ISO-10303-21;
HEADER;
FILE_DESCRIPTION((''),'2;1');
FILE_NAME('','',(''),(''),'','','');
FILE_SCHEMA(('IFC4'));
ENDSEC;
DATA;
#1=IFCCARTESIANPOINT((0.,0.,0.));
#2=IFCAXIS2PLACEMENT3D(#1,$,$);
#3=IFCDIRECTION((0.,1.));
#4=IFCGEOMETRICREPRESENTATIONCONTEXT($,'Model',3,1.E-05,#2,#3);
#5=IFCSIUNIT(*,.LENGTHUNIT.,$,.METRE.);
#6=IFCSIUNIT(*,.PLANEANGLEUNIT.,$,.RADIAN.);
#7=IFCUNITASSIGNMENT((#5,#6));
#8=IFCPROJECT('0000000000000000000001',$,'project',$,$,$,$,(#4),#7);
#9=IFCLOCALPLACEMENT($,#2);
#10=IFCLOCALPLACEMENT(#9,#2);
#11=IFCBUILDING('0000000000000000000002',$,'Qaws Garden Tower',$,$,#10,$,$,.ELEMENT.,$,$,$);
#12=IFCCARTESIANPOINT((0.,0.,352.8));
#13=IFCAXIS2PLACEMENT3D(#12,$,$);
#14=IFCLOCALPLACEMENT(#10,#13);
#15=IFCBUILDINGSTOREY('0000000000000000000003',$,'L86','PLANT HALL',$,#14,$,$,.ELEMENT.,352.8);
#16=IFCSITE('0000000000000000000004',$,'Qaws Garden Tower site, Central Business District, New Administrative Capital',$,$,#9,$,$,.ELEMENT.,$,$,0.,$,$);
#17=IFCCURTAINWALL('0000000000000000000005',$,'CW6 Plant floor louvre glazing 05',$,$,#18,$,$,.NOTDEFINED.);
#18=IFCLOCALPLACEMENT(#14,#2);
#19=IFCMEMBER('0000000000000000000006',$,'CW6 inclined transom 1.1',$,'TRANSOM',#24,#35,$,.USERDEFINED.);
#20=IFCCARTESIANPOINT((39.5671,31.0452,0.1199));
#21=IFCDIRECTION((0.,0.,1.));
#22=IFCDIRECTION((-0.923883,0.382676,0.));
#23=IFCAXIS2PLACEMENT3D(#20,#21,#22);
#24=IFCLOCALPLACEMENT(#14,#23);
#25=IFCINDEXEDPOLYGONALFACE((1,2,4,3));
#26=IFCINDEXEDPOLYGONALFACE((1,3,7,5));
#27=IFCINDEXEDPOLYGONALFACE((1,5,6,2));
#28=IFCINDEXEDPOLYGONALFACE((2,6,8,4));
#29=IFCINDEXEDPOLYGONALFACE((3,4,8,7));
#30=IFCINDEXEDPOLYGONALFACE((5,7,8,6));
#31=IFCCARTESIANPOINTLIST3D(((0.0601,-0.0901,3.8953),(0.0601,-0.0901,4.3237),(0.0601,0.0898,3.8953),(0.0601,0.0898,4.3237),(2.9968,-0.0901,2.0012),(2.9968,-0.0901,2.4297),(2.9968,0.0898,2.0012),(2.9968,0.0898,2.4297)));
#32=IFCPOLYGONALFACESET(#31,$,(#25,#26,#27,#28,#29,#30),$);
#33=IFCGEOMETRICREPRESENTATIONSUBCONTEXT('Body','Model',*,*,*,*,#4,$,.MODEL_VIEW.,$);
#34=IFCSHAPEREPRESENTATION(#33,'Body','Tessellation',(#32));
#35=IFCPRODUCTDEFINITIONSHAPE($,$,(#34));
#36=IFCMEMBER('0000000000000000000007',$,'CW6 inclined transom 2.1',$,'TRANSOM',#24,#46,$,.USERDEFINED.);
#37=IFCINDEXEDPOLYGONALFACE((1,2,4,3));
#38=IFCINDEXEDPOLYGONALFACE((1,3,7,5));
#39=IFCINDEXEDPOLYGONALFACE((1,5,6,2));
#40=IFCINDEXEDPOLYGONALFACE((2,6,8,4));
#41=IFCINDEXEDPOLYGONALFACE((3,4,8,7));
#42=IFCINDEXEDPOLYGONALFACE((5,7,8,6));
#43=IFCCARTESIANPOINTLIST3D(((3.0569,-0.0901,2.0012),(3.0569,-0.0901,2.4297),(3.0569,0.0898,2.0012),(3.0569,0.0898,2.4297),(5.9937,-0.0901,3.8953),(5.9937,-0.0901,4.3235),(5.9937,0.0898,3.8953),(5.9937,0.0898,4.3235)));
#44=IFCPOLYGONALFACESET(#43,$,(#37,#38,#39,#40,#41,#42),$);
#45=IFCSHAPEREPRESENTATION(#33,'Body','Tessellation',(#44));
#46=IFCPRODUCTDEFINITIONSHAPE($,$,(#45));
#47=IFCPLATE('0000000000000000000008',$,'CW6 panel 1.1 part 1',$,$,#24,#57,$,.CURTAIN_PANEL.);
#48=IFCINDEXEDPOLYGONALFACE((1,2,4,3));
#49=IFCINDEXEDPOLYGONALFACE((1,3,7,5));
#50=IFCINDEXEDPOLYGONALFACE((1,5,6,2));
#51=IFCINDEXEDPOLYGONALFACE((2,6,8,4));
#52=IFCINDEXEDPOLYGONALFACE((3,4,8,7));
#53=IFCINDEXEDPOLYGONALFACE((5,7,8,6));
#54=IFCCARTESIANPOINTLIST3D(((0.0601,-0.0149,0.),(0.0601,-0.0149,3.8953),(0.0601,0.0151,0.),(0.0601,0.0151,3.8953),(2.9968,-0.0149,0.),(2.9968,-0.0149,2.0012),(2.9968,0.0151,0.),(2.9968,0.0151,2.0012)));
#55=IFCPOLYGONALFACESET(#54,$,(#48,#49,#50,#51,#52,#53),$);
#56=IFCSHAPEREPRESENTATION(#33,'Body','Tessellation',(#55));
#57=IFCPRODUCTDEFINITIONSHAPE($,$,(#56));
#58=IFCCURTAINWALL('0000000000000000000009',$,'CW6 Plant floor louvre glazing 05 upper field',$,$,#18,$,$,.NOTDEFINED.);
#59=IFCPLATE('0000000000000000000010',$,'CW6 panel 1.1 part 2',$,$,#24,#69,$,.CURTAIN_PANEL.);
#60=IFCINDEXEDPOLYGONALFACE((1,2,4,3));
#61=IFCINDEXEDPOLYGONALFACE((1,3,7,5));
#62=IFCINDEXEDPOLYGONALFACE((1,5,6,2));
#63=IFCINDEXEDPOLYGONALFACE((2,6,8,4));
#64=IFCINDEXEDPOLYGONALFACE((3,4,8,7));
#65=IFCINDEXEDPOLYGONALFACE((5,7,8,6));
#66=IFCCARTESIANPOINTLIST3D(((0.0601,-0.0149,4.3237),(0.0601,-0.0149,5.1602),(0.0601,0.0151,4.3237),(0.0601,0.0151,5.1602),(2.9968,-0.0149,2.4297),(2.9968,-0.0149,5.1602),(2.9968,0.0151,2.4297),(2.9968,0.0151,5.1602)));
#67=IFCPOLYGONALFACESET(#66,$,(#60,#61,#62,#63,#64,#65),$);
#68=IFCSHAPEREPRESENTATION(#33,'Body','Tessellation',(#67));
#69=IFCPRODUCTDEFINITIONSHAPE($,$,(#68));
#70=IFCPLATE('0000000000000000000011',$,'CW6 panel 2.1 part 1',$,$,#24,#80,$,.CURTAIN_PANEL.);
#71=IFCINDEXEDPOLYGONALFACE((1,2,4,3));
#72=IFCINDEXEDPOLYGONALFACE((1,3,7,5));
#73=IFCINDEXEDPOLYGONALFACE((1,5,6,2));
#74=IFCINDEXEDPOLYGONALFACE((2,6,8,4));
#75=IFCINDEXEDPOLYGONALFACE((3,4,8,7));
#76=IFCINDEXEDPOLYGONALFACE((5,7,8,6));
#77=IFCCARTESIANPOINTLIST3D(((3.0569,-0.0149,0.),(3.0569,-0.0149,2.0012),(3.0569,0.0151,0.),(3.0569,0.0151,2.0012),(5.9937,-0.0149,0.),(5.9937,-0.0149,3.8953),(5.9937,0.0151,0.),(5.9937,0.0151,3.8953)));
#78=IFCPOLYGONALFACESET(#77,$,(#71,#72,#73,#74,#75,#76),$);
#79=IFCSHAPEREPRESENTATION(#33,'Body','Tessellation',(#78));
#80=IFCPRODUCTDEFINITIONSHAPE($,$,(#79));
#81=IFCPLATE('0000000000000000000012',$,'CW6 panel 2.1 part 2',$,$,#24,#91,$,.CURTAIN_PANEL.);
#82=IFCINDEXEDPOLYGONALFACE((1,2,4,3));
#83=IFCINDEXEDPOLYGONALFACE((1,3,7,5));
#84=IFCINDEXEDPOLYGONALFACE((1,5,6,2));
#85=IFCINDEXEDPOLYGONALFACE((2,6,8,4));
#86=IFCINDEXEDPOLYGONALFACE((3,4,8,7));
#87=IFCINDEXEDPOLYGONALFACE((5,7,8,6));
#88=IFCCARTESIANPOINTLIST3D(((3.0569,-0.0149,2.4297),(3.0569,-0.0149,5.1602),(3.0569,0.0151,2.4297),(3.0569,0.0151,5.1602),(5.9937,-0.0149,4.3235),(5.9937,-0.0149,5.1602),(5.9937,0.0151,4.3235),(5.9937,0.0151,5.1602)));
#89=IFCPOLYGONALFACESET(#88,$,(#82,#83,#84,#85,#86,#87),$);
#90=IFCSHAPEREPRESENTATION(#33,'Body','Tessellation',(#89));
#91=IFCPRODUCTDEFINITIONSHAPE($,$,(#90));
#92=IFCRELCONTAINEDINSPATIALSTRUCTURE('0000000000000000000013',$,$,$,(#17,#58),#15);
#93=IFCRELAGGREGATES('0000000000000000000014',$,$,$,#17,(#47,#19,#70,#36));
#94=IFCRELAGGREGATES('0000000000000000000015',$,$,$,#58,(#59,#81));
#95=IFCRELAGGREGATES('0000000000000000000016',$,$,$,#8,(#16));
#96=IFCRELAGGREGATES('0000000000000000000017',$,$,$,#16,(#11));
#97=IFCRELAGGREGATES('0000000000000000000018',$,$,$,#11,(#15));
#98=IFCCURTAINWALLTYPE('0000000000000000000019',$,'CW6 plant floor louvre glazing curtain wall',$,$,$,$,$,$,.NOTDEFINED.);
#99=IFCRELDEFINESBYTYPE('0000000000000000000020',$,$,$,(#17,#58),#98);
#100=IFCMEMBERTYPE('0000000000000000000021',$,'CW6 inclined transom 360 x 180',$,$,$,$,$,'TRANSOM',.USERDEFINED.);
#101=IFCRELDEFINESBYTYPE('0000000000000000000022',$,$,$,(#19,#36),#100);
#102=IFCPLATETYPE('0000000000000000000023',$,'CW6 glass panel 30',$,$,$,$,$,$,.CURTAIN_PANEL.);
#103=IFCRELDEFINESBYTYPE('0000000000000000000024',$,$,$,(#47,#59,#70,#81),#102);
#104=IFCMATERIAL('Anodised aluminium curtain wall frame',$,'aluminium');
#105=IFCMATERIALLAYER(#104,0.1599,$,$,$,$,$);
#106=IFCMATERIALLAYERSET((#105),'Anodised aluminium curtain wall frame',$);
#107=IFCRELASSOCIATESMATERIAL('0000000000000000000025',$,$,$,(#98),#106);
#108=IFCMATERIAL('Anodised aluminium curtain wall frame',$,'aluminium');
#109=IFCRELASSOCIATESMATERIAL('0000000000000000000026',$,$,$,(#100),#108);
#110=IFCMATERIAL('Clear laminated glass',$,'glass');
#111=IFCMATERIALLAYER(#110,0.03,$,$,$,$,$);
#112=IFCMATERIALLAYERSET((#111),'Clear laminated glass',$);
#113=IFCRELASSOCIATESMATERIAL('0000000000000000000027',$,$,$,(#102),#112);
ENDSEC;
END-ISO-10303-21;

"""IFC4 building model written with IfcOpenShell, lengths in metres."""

from ifc_helpers import new_model, si_unit, direction, frame, origin, origin_2d, place, context, subcontext, project, spatial, polyline, rectangle, outline, extrude, material, layer, layer_set, material_profile, profile_set, type_object, element, aggregate, save


model = new_model("IFC4")

# Units and contexts
model_context = context("Model", 3, precision=1e-05, world=origin(), true_north=direction((0.0, 1.0)))
body_context = subcontext(model_context, "Body", "Model", "MODEL_VIEW")
ifc_project = project(units=[si_unit("LENGTHUNIT", "METRE"), si_unit("PLANEANGLEUNIT", "RADIAN")], contexts=[model_context])

# Site, building, storey
site_placement = place(None, origin())
site = spatial("IfcSite", under=ifc_project, at=site_placement, Name="Qaws Garden Tower site, Central Business District, New Administrative Capital", CompositionType="ELEMENT", RefElevation=0.0)
building_placement = place(site_placement, origin())
building = spatial("IfcBuilding", under=site, at=building_placement, Name="Qaws Garden Tower", CompositionType="ELEMENT")
storey_placement = place(building_placement, frame((0.0, 0.0, 352.8)))
storey = spatial("IfcBuildingStorey", under=building, at=storey_placement, Name="L86", Description="PLANT HALL", CompositionType="ELEMENT", Elevation=352.8)

# Curtain wall, members, plate
ifc_material_1 = material(Name="Anodised aluminium curtain wall frame", Category="aluminium")
ifc_layer_1 = layer(ifc_material_1, 0.1599)
ifc_layer_set_1 = layer_set([ifc_layer_1], Name="Anodised aluminium curtain wall frame")
curtain_wall_type = type_object("IfcCurtainWallType", Name="CW6 plant floor louvre glazing curtain wall", PredefinedType="NOTDEFINED", material=ifc_layer_set_1)
placement_1 = place(storey_placement, origin())
curtain_wall_1 = element("IfcCurtainWall", 1, at=placement_1, inside=storey, type_object=curtain_wall_type, Name="CW6 Plant floor louvre glazing 05", PredefinedType="NOTDEFINED")
ifc_material_2 = material(Name="Anodised aluminium curtain wall frame", Category="aluminium")
ifc_material_profile_1 = material_profile(ifc_material_2, rectangle(XDim=0.1799, YDim=0.3601, at=origin_2d()), Name="AL 180x360")
ifc_profile_set_1 = profile_set([ifc_material_profile_1], Name="Anodised aluminium curtain wall frame")
member_type_1 = type_object("IfcMemberType", Name="CW6 inclined transom 360 x 180", ElementType="TRANSOM", PredefinedType="USERDEFINED", material=ifc_profile_set_1)
placement_2 = place(storey_placement, frame((39.5671, 31.0452, 0.1199), z_axis=(0.0, 0.0, 1.0), x_axis=(-0.923883, 0.382676, 0.0)))
member_1 = element("IfcMember", 2, at=placement_2, type_object=member_type_1, Name="CW6 inclined transom 1.1", ObjectType="TRANSOM", PredefinedType="USERDEFINED", context=body_context, shape_type="SweptSolid", body=[
    extrude(outline(polyline([(0.0601, 3.8953), (2.9968, 2.0012), (2.9968, 2.4297), (0.0601, 4.3237), (0.0601, 3.8953)])), frame((0.0, 0.0898, 0.0), z_axis=(0.0, -1.0, 0.0), x_axis=(1.0, 0.0, 0.0)), (0.0, 0.0, 1.0), 0.1799),
])
member_2 = element("IfcMember", 3, at=placement_2, type_object=member_type_1, Name="CW6 inclined transom 2.1", ObjectType="TRANSOM", PredefinedType="USERDEFINED", context=body_context, shape_type="SweptSolid", body=[
    extrude(outline(polyline([(3.0569, 2.0012), (5.9937, 3.8953), (5.9937, 4.3235), (3.0569, 2.4297), (3.0569, 2.0012)])), frame((0.0, 0.0898, 0.0), z_axis=(0.0, -1.0, 0.0), x_axis=(1.0, 0.0, 0.0)), (0.0, 0.0, 1.0), 0.1799),
])
ifc_material_3 = material(Name="Clear laminated glass", Category="glass")
ifc_layer_2 = layer(ifc_material_3, 0.03)
ifc_layer_set_2 = layer_set([ifc_layer_2], Name="Clear laminated glass")
plate_type = type_object("IfcPlateType", Name="CW6 glass panel 30", PredefinedType="CURTAIN_PANEL", material=ifc_layer_set_2)
plate_1 = element("IfcPlate", 4, at=placement_2, type_object=plate_type, Name="CW6 panel 1.1 part 1", PredefinedType="CURTAIN_PANEL", context=body_context, shape_type="SweptSolid", body=[
    extrude(outline(polyline([(2.9968, 0.0), (2.9968, 2.0012), (0.0601, 3.8953), (0.0601, 0.0), (2.9968, 0.0)])), frame((0.0, 0.0151, 0.0), z_axis=(0.0, -1.0, 0.0), x_axis=(1.0, 0.0, 0.0)), (0.0, 0.0, 1.0), 0.03),
])

# Curtain wall, plate
curtain_wall_2 = element("IfcCurtainWall", 5, at=placement_1, inside=storey, type_object=curtain_wall_type, Name="CW6 Plant floor louvre glazing 05 upper field", PredefinedType="NOTDEFINED")
plate_2 = element("IfcPlate", 6, at=placement_2, type_object=plate_type, Name="CW6 panel 1.1 part 2", PredefinedType="CURTAIN_PANEL", context=body_context, shape_type="SweptSolid", body=[
    extrude(outline(polyline([(0.0601, 5.1602), (0.0601, 4.3237), (2.9968, 2.4297), (2.9968, 5.1602), (0.0601, 5.1602)])), frame((0.0, 0.0151, 0.0), z_axis=(0.0, -1.0, 0.0), x_axis=(1.0, 0.0, 0.0)), (0.0, 0.0, 1.0), 0.03),
])

# Plates
plate_3 = element("IfcPlate", 7, at=placement_2, type_object=plate_type, Name="CW6 panel 2.1 part 1", PredefinedType="CURTAIN_PANEL", context=body_context, shape_type="SweptSolid", body=[
    extrude(outline(polyline([(5.9937, 0.0), (5.9937, 3.8953), (3.0569, 2.0012), (3.0569, 0.0), (5.9937, 0.0)])), frame((0.0, 0.0151, 0.0), z_axis=(0.0, -1.0, 0.0), x_axis=(1.0, 0.0, 0.0)), (0.0, 0.0, 1.0), 0.03),
])
aggregate(curtain_wall_1, [plate_1, member_1, plate_3, member_2])
plate_4 = element("IfcPlate", 8, at=placement_2, type_object=plate_type, Name="CW6 panel 2.1 part 2", PredefinedType="CURTAIN_PANEL", context=body_context, shape_type="SweptSolid", body=[
    extrude(outline(polyline([(3.0569, 5.1602), (3.0569, 2.4297), (5.9937, 4.3235), (5.9937, 5.1602), (3.0569, 5.1602)])), frame((0.0, 0.0151, 0.0), z_axis=(0.0, -1.0, 0.0), x_axis=(1.0, 0.0, 0.0)), (0.0, 0.0, 1.0), 0.03),
])
aggregate(curtain_wall_2, [plate_2, plate_4])

save(model, "model.ifc")
